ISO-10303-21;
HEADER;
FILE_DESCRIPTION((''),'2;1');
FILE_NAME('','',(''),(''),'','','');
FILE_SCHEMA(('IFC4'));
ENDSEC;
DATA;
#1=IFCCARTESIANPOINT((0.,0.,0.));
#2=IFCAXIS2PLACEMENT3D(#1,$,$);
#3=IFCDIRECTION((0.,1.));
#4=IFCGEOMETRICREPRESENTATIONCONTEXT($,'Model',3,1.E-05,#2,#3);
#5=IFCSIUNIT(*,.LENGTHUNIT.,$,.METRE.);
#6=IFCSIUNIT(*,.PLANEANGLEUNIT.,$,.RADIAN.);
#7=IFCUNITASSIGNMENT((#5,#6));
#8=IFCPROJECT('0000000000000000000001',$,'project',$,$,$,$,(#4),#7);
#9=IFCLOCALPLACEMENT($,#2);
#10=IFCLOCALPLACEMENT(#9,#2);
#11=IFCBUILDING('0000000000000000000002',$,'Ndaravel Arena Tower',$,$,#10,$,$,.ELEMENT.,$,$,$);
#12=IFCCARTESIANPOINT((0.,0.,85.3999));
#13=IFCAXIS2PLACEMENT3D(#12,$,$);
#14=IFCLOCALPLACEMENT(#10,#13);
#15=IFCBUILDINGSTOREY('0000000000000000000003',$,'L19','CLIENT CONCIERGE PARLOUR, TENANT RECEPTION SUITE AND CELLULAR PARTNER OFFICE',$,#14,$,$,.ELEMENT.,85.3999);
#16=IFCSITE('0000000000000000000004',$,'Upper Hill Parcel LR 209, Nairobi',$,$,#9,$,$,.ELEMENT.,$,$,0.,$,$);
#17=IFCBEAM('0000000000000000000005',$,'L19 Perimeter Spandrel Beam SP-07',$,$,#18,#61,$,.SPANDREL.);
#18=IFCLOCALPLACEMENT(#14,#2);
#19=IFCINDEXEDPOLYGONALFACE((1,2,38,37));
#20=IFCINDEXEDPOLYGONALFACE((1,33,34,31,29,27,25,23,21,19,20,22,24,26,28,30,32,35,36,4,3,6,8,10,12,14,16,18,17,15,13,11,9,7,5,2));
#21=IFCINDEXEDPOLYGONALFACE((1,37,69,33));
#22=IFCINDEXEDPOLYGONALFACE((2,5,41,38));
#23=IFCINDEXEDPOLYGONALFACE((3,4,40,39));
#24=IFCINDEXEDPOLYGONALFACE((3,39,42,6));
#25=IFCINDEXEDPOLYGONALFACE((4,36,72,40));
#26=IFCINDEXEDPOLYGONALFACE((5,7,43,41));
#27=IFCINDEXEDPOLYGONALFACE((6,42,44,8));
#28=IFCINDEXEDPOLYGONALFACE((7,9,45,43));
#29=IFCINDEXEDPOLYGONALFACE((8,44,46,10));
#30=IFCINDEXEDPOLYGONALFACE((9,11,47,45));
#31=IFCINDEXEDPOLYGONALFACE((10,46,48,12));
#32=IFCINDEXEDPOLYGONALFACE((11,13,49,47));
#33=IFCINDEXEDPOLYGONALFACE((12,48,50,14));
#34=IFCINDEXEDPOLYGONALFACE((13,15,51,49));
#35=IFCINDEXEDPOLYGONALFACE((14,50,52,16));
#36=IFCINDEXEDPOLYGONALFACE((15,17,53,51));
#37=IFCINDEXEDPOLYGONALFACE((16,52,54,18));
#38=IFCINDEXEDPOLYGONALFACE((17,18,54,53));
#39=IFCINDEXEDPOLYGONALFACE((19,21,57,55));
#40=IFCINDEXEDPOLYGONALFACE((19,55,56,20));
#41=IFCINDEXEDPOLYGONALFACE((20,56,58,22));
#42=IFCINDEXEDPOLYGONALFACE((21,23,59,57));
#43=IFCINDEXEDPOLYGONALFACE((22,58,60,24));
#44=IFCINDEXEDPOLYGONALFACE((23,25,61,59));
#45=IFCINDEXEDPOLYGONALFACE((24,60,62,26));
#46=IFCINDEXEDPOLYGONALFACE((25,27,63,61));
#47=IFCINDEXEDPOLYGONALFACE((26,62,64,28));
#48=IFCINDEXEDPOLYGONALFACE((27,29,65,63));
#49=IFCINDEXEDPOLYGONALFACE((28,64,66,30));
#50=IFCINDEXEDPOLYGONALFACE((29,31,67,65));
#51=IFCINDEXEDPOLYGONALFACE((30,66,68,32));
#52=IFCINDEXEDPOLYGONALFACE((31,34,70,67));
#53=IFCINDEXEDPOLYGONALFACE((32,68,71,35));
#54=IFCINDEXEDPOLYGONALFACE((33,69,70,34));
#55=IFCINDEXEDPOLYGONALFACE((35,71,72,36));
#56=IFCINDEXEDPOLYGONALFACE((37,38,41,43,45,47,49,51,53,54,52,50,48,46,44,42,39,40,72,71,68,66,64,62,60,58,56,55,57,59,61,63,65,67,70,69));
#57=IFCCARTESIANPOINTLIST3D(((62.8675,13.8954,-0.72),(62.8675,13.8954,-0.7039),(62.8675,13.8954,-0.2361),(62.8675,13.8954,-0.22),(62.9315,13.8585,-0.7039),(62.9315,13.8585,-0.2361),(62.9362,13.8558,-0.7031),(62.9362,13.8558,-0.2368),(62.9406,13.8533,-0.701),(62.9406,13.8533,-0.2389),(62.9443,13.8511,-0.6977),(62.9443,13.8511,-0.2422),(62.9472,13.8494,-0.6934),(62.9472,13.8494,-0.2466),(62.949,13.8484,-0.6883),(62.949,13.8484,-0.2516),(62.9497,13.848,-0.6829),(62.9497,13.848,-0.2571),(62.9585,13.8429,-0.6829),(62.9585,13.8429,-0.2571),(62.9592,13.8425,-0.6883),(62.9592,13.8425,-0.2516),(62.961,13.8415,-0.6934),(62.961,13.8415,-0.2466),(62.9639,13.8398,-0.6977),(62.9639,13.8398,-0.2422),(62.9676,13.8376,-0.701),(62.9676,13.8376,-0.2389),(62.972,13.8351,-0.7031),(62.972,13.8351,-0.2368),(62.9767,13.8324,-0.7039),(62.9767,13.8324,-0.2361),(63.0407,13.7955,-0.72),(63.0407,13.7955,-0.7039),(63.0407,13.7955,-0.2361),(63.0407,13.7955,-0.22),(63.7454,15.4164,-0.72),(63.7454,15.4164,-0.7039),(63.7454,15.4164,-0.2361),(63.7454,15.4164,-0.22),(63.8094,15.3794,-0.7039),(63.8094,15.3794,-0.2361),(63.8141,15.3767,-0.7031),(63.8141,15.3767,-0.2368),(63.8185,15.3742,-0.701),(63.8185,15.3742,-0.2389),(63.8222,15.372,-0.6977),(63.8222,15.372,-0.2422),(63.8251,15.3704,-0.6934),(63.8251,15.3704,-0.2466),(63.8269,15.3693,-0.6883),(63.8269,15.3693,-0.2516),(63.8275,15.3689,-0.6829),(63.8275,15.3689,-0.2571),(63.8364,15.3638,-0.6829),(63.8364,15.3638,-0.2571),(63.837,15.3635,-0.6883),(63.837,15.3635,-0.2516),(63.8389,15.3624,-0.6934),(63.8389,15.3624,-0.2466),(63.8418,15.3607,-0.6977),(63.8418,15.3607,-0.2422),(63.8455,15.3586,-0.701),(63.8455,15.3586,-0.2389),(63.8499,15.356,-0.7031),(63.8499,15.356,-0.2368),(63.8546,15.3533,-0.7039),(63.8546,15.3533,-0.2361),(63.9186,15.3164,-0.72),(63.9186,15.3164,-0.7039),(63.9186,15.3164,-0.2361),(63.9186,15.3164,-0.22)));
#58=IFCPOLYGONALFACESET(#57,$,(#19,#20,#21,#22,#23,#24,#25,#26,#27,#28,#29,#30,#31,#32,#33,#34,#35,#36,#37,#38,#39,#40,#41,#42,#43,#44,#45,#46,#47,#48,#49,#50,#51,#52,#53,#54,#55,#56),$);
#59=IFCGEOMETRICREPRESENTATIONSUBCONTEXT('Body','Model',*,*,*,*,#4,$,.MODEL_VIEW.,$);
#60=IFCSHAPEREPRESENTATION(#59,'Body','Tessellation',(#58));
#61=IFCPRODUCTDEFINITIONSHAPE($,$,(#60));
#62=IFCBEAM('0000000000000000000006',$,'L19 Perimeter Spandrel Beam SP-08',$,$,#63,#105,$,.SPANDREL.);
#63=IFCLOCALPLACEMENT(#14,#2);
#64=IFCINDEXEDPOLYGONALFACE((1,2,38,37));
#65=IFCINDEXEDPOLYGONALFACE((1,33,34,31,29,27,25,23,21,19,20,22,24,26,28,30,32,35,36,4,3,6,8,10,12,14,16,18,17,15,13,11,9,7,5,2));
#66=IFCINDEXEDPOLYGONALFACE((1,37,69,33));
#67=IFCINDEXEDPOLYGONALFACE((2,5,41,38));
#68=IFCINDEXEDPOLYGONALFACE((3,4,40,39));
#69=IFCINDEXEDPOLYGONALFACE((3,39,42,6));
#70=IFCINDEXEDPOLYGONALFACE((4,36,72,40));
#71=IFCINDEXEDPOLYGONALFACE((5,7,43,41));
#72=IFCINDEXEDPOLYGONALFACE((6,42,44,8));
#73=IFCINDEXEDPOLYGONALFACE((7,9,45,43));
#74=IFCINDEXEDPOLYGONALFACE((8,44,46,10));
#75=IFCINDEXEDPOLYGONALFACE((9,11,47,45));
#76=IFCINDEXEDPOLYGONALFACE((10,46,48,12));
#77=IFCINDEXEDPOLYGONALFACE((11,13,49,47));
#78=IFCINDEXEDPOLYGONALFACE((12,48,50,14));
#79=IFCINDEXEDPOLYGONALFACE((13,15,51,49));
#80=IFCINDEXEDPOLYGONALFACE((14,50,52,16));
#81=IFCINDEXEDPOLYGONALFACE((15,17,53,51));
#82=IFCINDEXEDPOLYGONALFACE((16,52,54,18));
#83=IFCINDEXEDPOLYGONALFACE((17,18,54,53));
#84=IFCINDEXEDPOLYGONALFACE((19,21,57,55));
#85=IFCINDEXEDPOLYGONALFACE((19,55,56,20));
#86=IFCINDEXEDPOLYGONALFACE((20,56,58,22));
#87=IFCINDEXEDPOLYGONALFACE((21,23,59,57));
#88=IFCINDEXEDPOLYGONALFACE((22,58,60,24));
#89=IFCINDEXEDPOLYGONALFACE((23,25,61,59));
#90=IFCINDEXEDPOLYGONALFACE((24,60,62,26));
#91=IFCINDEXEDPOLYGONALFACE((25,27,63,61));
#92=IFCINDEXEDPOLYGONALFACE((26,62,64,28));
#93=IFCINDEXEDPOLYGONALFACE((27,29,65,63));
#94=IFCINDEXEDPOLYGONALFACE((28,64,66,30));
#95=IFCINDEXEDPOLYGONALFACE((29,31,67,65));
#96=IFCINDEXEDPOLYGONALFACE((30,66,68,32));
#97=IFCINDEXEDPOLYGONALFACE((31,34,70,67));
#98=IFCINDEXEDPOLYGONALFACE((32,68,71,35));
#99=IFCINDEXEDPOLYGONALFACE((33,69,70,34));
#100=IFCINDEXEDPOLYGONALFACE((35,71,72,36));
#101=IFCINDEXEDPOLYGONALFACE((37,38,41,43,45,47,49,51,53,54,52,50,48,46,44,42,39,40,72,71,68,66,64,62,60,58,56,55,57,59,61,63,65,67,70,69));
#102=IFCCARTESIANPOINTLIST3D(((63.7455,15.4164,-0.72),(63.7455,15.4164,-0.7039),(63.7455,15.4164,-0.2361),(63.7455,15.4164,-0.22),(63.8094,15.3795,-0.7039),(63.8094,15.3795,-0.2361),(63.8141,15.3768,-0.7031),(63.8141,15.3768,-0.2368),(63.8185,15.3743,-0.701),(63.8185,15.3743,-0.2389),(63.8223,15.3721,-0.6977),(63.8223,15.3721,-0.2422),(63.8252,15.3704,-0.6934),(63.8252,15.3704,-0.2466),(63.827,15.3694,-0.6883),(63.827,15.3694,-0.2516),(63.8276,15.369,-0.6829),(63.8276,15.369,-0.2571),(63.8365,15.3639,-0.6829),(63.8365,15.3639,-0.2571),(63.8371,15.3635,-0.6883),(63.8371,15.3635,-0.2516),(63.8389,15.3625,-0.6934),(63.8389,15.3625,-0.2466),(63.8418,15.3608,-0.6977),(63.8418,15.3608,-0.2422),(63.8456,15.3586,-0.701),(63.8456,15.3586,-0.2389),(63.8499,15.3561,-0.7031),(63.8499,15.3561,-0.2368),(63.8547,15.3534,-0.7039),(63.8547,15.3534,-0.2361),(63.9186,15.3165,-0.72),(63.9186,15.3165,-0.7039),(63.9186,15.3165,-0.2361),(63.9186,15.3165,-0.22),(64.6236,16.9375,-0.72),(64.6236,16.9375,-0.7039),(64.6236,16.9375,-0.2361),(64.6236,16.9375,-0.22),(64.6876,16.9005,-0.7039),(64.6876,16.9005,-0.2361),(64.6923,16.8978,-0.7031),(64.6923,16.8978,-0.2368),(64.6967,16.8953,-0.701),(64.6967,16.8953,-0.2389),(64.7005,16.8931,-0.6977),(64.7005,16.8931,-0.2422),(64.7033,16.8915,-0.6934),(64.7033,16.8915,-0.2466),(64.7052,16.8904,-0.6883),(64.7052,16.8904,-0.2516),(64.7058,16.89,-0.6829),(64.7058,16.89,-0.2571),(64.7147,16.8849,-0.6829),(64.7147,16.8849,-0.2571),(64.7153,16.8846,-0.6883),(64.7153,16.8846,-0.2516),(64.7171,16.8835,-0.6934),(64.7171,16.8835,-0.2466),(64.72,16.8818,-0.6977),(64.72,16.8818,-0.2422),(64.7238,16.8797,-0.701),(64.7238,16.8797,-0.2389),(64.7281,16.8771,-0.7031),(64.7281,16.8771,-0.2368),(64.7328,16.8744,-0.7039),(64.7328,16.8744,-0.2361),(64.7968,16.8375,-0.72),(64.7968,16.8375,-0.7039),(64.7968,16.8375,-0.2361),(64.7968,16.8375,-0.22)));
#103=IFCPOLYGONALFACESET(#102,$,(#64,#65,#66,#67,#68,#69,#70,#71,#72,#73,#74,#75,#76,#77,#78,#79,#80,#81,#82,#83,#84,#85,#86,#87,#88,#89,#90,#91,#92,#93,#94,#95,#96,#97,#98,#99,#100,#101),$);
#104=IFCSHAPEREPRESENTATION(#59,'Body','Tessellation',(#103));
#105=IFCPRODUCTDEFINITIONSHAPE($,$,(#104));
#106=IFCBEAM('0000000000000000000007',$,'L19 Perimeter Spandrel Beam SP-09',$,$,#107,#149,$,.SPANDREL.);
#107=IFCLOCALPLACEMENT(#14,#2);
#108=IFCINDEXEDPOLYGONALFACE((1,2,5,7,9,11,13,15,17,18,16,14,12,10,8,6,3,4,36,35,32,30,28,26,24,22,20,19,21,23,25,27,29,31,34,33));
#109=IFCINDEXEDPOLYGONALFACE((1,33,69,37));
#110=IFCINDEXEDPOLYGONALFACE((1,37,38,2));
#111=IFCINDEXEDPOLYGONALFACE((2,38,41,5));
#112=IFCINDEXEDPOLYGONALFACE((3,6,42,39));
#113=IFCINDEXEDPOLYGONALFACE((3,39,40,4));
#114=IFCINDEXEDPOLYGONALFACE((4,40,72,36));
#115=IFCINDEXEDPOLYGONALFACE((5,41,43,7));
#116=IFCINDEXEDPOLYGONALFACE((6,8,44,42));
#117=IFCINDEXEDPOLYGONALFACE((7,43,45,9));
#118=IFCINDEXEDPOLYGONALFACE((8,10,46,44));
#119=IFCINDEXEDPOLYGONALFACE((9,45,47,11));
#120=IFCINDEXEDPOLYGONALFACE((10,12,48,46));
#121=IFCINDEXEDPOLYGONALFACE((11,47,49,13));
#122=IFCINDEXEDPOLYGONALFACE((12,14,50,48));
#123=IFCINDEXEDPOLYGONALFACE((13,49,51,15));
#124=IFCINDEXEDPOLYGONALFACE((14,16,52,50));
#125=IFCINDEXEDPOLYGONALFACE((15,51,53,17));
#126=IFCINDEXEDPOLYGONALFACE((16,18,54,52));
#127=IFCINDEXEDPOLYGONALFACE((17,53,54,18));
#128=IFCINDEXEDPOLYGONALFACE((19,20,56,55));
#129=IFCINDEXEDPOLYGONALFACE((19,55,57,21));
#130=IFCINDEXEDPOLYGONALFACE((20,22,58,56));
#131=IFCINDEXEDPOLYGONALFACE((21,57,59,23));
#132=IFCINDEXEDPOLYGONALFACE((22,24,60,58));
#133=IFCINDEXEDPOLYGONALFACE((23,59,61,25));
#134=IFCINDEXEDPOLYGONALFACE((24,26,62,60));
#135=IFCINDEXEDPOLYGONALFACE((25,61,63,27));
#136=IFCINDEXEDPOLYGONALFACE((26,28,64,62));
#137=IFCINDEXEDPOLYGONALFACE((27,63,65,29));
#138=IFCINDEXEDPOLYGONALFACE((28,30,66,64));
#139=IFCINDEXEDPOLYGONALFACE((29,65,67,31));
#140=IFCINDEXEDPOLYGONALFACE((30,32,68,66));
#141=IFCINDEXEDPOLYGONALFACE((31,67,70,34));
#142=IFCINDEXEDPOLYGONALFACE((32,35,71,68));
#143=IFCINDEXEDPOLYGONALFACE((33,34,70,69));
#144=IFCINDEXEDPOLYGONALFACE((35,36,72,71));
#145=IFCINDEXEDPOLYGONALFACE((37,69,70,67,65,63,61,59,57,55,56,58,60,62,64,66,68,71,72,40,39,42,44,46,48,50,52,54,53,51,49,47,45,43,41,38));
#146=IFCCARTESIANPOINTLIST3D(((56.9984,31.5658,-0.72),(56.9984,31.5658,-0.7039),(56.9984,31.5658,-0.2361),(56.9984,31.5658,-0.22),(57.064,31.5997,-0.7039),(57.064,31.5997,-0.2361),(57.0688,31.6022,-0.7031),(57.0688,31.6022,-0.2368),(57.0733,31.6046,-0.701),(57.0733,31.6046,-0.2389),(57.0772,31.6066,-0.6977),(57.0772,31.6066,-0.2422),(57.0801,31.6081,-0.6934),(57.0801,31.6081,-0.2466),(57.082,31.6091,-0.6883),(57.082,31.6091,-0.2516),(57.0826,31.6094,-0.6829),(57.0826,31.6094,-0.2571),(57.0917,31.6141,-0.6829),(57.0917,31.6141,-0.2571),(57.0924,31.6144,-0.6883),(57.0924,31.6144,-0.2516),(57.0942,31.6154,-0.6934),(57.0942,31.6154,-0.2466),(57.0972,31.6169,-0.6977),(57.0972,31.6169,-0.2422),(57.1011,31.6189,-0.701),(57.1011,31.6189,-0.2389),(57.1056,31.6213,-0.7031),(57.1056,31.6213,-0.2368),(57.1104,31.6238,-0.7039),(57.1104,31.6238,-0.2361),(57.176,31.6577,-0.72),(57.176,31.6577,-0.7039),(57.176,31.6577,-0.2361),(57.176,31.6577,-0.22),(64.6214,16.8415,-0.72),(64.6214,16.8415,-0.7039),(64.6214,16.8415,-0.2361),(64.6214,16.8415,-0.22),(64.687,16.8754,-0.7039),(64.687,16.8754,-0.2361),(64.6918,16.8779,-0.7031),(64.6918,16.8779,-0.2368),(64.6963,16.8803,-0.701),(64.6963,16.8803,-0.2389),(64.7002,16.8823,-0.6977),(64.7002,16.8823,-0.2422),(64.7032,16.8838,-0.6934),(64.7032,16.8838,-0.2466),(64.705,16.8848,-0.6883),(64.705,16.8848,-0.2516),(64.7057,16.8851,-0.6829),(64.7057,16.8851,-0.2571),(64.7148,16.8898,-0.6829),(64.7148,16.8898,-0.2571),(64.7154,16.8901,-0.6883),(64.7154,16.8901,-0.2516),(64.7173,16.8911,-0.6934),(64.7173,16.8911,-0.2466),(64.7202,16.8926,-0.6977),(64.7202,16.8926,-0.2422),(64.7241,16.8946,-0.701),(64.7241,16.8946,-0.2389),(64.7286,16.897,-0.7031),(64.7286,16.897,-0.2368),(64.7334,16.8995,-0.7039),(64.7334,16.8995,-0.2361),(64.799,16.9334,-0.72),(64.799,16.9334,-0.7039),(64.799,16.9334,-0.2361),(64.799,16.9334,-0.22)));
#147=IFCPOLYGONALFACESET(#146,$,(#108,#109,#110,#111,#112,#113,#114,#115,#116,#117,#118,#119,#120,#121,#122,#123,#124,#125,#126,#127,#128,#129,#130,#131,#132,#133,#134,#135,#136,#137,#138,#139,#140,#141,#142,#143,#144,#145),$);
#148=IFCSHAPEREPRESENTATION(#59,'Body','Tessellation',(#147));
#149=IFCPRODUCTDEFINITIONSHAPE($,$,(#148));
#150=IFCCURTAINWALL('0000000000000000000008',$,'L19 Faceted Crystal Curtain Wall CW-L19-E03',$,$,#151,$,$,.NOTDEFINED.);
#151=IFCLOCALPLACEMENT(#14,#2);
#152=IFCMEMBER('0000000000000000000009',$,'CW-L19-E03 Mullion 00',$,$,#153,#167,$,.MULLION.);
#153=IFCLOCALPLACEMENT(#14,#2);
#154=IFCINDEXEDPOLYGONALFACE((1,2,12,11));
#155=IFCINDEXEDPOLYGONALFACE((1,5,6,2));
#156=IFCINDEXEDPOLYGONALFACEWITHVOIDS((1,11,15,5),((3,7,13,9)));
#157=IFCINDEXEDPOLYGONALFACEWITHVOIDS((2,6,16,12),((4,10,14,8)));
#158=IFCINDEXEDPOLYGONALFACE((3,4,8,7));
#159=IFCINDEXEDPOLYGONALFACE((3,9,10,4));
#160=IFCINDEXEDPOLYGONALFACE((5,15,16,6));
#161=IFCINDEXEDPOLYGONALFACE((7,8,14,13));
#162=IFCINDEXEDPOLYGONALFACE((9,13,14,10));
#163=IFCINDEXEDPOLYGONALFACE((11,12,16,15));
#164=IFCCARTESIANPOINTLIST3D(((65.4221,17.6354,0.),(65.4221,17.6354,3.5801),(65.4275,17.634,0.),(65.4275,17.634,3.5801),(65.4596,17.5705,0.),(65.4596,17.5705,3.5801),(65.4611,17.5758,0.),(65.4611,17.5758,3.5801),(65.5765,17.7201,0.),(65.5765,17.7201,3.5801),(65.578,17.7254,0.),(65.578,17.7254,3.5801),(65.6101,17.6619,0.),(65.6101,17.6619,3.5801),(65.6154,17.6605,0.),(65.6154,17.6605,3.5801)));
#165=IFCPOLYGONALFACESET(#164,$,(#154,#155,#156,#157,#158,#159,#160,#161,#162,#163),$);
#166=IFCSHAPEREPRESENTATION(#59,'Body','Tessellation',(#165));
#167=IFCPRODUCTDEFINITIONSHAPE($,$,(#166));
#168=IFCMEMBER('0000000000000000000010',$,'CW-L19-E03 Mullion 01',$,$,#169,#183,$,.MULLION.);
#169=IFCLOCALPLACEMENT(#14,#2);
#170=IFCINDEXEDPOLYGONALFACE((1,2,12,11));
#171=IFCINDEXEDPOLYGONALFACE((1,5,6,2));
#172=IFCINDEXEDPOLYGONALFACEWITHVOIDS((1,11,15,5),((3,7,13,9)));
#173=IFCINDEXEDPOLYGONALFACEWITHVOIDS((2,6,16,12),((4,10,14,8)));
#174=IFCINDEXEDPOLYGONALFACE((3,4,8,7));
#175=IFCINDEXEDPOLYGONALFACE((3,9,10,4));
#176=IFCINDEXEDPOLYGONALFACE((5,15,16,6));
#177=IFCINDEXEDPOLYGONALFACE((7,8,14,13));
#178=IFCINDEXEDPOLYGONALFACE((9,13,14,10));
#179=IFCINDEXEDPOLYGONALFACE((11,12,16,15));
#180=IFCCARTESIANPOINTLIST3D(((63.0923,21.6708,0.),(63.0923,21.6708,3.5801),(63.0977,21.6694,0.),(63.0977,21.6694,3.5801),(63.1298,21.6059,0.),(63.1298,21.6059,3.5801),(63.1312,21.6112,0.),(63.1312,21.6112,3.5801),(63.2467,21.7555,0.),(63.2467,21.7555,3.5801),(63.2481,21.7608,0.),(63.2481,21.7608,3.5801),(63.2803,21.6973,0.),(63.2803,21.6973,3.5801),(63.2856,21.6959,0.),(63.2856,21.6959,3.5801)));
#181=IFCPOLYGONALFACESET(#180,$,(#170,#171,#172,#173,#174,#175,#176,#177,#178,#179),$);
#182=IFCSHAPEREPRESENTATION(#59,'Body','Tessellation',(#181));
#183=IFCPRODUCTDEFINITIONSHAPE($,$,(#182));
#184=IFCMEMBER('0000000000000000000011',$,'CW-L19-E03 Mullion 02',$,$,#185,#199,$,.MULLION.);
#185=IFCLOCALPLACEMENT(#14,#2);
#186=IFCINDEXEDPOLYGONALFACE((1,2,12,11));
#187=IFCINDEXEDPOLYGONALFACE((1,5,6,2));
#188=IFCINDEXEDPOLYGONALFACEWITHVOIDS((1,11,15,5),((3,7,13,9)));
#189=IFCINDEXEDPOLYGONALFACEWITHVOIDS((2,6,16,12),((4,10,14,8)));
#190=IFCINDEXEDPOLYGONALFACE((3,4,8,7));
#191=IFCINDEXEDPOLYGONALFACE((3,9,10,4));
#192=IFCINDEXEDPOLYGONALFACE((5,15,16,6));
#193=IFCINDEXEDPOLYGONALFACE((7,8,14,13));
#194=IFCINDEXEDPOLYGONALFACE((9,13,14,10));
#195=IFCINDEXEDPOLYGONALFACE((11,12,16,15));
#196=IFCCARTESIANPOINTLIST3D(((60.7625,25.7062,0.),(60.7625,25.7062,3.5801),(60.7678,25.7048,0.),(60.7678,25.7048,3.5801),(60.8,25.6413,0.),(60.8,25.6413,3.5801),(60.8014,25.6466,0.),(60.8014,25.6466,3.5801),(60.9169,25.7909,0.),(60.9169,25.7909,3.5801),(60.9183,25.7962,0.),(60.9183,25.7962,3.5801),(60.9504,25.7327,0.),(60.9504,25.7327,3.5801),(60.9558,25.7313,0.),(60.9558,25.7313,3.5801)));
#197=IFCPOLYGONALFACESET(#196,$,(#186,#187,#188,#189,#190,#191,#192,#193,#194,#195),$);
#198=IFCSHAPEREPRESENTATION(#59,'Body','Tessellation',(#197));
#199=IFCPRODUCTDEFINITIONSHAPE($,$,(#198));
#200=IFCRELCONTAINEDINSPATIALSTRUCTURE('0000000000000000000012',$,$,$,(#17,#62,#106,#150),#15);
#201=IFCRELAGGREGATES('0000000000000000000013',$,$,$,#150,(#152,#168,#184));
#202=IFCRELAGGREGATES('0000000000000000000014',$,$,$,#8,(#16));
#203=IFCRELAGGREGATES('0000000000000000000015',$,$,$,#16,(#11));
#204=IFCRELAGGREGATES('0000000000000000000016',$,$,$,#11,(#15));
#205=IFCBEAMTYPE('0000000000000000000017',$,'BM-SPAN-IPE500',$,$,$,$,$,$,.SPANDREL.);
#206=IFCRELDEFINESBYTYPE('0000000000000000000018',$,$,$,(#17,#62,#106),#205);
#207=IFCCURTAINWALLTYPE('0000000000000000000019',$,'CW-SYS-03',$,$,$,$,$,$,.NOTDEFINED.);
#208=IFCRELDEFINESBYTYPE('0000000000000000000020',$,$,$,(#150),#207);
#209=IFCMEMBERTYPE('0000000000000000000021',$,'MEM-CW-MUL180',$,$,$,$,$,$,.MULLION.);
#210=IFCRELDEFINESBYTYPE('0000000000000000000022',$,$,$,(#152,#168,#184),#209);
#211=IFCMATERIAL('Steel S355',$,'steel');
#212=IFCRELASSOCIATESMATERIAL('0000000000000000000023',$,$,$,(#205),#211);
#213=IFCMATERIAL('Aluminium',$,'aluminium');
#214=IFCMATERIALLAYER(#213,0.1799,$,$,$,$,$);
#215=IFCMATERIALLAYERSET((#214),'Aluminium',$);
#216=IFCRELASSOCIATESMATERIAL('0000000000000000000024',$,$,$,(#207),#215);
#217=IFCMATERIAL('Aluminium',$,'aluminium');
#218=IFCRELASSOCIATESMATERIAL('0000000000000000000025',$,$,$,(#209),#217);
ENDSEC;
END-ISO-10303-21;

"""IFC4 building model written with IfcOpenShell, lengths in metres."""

from ifc_helpers import new_model, si_unit, direction, frame, origin, origin_2d, place, context, subcontext, project, spatial, hollow_rectangle, i_section, extrude, material, layer, layer_set, material_profile, profile_set, type_object, element, aggregate, save


model = new_model("IFC4")

# Units and contexts
model_context = context("Model", 3, precision=1e-05, world=origin(), true_north=direction((0.0, 1.0)))
body_context = subcontext(model_context, "Body", "Model", "MODEL_VIEW")
ifc_project = project(units=[si_unit("LENGTHUNIT", "METRE"), si_unit("PLANEANGLEUNIT", "RADIAN")], contexts=[model_context])

# Site, building, storey
site_placement = place(None, origin())
site = spatial("IfcSite", under=ifc_project, at=site_placement, Name="Upper Hill Parcel LR 209, Nairobi", CompositionType="ELEMENT", RefElevation=0.0)
building_placement = place(site_placement, origin())
building = spatial("IfcBuilding", under=site, at=building_placement, Name="Ndaravel Arena Tower", CompositionType="ELEMENT")
storey_placement = place(building_placement, frame((0.0, 0.0, 85.3999)))
storey = spatial("IfcBuildingStorey", under=building, at=storey_placement, Name="L19", Description="CLIENT CONCIERGE PARLOUR, TENANT RECEPTION SUITE AND CELLULAR PARTNER OFFICE", CompositionType="ELEMENT", Elevation=85.3999)

# Beams
ifc_material_1 = material(Name="Steel S355", Category="steel")
ifc_material_profile_1 = material_profile(ifc_material_1, i_section(OverallWidth=0.2, OverallDepth=0.5, WebThickness=0.0103, FlangeThickness=0.0161, FilletRadius=0.021, at=origin_2d()), Name="IPE 500")
ifc_profile_set_1 = profile_set([ifc_material_profile_1], Name="Steel S355")
beam_type_1 = type_object("IfcBeamType", Name="BM-SPAN-IPE500", PredefinedType="SPANDREL", material=ifc_profile_set_1)
beam_1_placement = place(storey_placement, frame((62.9541, 13.8455, -0.47), z_axis=(0.499907, 0.866079, 0.0), x_axis=(-0.866079, 0.499907, 0.0)))
element("IfcBeam", 1, at=beam_1_placement, inside=storey, type_object=beam_type_1, Name="L19 Perimeter Spandrel Beam SP-07", PredefinedType="SPANDREL", context=body_context, shape_type="SweptSolid", body=[
    extrude(i_section(OverallWidth=0.2, OverallDepth=0.5, WebThickness=0.0103, FlangeThickness=0.0161, FilletRadius=0.021, at=origin_2d()), origin(), (0.0, 0.0, 1.0), 1.7561),
])
beam_2_placement = place(storey_placement, frame((63.832, 15.3665, -0.47), z_axis=(0.500011, 0.866019, 0.0), x_axis=(-0.866019, 0.500011, 0.0)))
element("IfcBeam", 2, at=beam_2_placement, inside=storey, type_object=beam_type_1, Name="L19 Perimeter Spandrel Beam SP-08", PredefinedType="SPANDREL", context=body_context, shape_type="SweptSolid", body=[
    extrude(i_section(OverallWidth=0.2, OverallDepth=0.5, WebThickness=0.0103, FlangeThickness=0.0161, FilletRadius=0.021, at=origin_2d()), origin(), (0.0, 0.0, 1.0), 1.7563),
])
beam_3_placement = place(storey_placement, frame((64.7102, 16.8875, -0.47), z_axis=(-0.459756, 0.888045, 0.0), x_axis=(-0.888045, -0.459756, 0.0)))
element("IfcBeam", 3, at=beam_3_placement, inside=storey, type_object=beam_type_1, Name="L19 Perimeter Spandrel Beam SP-09", PredefinedType="SPANDREL", context=body_context, shape_type="SweptSolid", body=[
    extrude(i_section(OverallWidth=0.2, OverallDepth=0.5, WebThickness=0.0103, FlangeThickness=0.0161, FilletRadius=0.021, at=origin_2d()), origin(), (0.0, 0.0, 1.0), 16.5806),
])

# Curtain wall, members
ifc_material_2 = material(Name="Aluminium", Category="aluminium")
ifc_layer_1 = layer(ifc_material_2, 0.1799)
ifc_layer_set_1 = layer_set([ifc_layer_1], Name="Aluminium")
curtain_wall_type_1 = type_object("IfcCurtainWallType", Name="CW-SYS-03", PredefinedType="NOTDEFINED", material=ifc_layer_set_1)
curtain_wall_1_placement = place(storey_placement, origin())
curtain_wall_1 = element("IfcCurtainWall", 4, at=curtain_wall_1_placement, inside=storey, type_object=curtain_wall_type_1, Name="L19 Faceted Crystal Curtain Wall CW-L19-E03", PredefinedType="NOTDEFINED")
ifc_material_3 = material(Name="Aluminium", Category="aluminium")
ifc_material_profile_2 = material_profile(ifc_material_3, hollow_rectangle(XDim=0.075, YDim=0.1799, WallThickness=0.0039, at=origin_2d()), Name="CW MULLION 75x180x4")
ifc_profile_set_2 = profile_set([ifc_material_profile_2], Name="Aluminium")
member_type_1 = type_object("IfcMemberType", Name="MEM-CW-MUL180", PredefinedType="MULLION", material=ifc_profile_set_2)
member_1_placement = place(storey_placement, frame((65.5188, 17.6479, 0.0), z_axis=(0.0, 0.0, 1.0), x_axis=(-0.5, 0.866025, 0.0)))
member_1 = element("IfcMember", 5, at=member_1_placement, type_object=member_type_1, Name="CW-L19-E03 Mullion 00", PredefinedType="MULLION", context=body_context, shape_type="SweptSolid", body=[
    extrude(hollow_rectangle(XDim=0.075, YDim=0.1799, WallThickness=0.0039, at=origin_2d()), origin(), (0.0, 0.0, 1.0), 3.5801),
])
member_2_placement = place(storey_placement, frame((63.189, 21.6833, 0.0), z_axis=(0.0, 0.0, 1.0), x_axis=(-0.5, 0.866025, 0.0)))
member_2 = element("IfcMember", 6, at=member_2_placement, type_object=member_type_1, Name="CW-L19-E03 Mullion 01", PredefinedType="MULLION", context=body_context, shape_type="SweptSolid", body=[
    extrude(hollow_rectangle(XDim=0.075, YDim=0.1799, WallThickness=0.0039, at=origin_2d()), origin(), (0.0, 0.0, 1.0), 3.5801),
])
member_3_placement = place(storey_placement, frame((60.8591, 25.7188, 0.0), z_axis=(0.0, 0.0, 1.0), x_axis=(-0.5, 0.866025, 0.0)))
member_3 = element("IfcMember", 7, at=member_3_placement, type_object=member_type_1, Name="CW-L19-E03 Mullion 02", PredefinedType="MULLION", context=body_context, shape_type="SweptSolid", body=[
    extrude(hollow_rectangle(XDim=0.075, YDim=0.1799, WallThickness=0.0039, at=origin_2d()), origin(), (0.0, 0.0, 1.0), 3.5801),
])

aggregate(curtain_wall_1, [member_1, member_2, member_3])

save(model, "model.ifc")
